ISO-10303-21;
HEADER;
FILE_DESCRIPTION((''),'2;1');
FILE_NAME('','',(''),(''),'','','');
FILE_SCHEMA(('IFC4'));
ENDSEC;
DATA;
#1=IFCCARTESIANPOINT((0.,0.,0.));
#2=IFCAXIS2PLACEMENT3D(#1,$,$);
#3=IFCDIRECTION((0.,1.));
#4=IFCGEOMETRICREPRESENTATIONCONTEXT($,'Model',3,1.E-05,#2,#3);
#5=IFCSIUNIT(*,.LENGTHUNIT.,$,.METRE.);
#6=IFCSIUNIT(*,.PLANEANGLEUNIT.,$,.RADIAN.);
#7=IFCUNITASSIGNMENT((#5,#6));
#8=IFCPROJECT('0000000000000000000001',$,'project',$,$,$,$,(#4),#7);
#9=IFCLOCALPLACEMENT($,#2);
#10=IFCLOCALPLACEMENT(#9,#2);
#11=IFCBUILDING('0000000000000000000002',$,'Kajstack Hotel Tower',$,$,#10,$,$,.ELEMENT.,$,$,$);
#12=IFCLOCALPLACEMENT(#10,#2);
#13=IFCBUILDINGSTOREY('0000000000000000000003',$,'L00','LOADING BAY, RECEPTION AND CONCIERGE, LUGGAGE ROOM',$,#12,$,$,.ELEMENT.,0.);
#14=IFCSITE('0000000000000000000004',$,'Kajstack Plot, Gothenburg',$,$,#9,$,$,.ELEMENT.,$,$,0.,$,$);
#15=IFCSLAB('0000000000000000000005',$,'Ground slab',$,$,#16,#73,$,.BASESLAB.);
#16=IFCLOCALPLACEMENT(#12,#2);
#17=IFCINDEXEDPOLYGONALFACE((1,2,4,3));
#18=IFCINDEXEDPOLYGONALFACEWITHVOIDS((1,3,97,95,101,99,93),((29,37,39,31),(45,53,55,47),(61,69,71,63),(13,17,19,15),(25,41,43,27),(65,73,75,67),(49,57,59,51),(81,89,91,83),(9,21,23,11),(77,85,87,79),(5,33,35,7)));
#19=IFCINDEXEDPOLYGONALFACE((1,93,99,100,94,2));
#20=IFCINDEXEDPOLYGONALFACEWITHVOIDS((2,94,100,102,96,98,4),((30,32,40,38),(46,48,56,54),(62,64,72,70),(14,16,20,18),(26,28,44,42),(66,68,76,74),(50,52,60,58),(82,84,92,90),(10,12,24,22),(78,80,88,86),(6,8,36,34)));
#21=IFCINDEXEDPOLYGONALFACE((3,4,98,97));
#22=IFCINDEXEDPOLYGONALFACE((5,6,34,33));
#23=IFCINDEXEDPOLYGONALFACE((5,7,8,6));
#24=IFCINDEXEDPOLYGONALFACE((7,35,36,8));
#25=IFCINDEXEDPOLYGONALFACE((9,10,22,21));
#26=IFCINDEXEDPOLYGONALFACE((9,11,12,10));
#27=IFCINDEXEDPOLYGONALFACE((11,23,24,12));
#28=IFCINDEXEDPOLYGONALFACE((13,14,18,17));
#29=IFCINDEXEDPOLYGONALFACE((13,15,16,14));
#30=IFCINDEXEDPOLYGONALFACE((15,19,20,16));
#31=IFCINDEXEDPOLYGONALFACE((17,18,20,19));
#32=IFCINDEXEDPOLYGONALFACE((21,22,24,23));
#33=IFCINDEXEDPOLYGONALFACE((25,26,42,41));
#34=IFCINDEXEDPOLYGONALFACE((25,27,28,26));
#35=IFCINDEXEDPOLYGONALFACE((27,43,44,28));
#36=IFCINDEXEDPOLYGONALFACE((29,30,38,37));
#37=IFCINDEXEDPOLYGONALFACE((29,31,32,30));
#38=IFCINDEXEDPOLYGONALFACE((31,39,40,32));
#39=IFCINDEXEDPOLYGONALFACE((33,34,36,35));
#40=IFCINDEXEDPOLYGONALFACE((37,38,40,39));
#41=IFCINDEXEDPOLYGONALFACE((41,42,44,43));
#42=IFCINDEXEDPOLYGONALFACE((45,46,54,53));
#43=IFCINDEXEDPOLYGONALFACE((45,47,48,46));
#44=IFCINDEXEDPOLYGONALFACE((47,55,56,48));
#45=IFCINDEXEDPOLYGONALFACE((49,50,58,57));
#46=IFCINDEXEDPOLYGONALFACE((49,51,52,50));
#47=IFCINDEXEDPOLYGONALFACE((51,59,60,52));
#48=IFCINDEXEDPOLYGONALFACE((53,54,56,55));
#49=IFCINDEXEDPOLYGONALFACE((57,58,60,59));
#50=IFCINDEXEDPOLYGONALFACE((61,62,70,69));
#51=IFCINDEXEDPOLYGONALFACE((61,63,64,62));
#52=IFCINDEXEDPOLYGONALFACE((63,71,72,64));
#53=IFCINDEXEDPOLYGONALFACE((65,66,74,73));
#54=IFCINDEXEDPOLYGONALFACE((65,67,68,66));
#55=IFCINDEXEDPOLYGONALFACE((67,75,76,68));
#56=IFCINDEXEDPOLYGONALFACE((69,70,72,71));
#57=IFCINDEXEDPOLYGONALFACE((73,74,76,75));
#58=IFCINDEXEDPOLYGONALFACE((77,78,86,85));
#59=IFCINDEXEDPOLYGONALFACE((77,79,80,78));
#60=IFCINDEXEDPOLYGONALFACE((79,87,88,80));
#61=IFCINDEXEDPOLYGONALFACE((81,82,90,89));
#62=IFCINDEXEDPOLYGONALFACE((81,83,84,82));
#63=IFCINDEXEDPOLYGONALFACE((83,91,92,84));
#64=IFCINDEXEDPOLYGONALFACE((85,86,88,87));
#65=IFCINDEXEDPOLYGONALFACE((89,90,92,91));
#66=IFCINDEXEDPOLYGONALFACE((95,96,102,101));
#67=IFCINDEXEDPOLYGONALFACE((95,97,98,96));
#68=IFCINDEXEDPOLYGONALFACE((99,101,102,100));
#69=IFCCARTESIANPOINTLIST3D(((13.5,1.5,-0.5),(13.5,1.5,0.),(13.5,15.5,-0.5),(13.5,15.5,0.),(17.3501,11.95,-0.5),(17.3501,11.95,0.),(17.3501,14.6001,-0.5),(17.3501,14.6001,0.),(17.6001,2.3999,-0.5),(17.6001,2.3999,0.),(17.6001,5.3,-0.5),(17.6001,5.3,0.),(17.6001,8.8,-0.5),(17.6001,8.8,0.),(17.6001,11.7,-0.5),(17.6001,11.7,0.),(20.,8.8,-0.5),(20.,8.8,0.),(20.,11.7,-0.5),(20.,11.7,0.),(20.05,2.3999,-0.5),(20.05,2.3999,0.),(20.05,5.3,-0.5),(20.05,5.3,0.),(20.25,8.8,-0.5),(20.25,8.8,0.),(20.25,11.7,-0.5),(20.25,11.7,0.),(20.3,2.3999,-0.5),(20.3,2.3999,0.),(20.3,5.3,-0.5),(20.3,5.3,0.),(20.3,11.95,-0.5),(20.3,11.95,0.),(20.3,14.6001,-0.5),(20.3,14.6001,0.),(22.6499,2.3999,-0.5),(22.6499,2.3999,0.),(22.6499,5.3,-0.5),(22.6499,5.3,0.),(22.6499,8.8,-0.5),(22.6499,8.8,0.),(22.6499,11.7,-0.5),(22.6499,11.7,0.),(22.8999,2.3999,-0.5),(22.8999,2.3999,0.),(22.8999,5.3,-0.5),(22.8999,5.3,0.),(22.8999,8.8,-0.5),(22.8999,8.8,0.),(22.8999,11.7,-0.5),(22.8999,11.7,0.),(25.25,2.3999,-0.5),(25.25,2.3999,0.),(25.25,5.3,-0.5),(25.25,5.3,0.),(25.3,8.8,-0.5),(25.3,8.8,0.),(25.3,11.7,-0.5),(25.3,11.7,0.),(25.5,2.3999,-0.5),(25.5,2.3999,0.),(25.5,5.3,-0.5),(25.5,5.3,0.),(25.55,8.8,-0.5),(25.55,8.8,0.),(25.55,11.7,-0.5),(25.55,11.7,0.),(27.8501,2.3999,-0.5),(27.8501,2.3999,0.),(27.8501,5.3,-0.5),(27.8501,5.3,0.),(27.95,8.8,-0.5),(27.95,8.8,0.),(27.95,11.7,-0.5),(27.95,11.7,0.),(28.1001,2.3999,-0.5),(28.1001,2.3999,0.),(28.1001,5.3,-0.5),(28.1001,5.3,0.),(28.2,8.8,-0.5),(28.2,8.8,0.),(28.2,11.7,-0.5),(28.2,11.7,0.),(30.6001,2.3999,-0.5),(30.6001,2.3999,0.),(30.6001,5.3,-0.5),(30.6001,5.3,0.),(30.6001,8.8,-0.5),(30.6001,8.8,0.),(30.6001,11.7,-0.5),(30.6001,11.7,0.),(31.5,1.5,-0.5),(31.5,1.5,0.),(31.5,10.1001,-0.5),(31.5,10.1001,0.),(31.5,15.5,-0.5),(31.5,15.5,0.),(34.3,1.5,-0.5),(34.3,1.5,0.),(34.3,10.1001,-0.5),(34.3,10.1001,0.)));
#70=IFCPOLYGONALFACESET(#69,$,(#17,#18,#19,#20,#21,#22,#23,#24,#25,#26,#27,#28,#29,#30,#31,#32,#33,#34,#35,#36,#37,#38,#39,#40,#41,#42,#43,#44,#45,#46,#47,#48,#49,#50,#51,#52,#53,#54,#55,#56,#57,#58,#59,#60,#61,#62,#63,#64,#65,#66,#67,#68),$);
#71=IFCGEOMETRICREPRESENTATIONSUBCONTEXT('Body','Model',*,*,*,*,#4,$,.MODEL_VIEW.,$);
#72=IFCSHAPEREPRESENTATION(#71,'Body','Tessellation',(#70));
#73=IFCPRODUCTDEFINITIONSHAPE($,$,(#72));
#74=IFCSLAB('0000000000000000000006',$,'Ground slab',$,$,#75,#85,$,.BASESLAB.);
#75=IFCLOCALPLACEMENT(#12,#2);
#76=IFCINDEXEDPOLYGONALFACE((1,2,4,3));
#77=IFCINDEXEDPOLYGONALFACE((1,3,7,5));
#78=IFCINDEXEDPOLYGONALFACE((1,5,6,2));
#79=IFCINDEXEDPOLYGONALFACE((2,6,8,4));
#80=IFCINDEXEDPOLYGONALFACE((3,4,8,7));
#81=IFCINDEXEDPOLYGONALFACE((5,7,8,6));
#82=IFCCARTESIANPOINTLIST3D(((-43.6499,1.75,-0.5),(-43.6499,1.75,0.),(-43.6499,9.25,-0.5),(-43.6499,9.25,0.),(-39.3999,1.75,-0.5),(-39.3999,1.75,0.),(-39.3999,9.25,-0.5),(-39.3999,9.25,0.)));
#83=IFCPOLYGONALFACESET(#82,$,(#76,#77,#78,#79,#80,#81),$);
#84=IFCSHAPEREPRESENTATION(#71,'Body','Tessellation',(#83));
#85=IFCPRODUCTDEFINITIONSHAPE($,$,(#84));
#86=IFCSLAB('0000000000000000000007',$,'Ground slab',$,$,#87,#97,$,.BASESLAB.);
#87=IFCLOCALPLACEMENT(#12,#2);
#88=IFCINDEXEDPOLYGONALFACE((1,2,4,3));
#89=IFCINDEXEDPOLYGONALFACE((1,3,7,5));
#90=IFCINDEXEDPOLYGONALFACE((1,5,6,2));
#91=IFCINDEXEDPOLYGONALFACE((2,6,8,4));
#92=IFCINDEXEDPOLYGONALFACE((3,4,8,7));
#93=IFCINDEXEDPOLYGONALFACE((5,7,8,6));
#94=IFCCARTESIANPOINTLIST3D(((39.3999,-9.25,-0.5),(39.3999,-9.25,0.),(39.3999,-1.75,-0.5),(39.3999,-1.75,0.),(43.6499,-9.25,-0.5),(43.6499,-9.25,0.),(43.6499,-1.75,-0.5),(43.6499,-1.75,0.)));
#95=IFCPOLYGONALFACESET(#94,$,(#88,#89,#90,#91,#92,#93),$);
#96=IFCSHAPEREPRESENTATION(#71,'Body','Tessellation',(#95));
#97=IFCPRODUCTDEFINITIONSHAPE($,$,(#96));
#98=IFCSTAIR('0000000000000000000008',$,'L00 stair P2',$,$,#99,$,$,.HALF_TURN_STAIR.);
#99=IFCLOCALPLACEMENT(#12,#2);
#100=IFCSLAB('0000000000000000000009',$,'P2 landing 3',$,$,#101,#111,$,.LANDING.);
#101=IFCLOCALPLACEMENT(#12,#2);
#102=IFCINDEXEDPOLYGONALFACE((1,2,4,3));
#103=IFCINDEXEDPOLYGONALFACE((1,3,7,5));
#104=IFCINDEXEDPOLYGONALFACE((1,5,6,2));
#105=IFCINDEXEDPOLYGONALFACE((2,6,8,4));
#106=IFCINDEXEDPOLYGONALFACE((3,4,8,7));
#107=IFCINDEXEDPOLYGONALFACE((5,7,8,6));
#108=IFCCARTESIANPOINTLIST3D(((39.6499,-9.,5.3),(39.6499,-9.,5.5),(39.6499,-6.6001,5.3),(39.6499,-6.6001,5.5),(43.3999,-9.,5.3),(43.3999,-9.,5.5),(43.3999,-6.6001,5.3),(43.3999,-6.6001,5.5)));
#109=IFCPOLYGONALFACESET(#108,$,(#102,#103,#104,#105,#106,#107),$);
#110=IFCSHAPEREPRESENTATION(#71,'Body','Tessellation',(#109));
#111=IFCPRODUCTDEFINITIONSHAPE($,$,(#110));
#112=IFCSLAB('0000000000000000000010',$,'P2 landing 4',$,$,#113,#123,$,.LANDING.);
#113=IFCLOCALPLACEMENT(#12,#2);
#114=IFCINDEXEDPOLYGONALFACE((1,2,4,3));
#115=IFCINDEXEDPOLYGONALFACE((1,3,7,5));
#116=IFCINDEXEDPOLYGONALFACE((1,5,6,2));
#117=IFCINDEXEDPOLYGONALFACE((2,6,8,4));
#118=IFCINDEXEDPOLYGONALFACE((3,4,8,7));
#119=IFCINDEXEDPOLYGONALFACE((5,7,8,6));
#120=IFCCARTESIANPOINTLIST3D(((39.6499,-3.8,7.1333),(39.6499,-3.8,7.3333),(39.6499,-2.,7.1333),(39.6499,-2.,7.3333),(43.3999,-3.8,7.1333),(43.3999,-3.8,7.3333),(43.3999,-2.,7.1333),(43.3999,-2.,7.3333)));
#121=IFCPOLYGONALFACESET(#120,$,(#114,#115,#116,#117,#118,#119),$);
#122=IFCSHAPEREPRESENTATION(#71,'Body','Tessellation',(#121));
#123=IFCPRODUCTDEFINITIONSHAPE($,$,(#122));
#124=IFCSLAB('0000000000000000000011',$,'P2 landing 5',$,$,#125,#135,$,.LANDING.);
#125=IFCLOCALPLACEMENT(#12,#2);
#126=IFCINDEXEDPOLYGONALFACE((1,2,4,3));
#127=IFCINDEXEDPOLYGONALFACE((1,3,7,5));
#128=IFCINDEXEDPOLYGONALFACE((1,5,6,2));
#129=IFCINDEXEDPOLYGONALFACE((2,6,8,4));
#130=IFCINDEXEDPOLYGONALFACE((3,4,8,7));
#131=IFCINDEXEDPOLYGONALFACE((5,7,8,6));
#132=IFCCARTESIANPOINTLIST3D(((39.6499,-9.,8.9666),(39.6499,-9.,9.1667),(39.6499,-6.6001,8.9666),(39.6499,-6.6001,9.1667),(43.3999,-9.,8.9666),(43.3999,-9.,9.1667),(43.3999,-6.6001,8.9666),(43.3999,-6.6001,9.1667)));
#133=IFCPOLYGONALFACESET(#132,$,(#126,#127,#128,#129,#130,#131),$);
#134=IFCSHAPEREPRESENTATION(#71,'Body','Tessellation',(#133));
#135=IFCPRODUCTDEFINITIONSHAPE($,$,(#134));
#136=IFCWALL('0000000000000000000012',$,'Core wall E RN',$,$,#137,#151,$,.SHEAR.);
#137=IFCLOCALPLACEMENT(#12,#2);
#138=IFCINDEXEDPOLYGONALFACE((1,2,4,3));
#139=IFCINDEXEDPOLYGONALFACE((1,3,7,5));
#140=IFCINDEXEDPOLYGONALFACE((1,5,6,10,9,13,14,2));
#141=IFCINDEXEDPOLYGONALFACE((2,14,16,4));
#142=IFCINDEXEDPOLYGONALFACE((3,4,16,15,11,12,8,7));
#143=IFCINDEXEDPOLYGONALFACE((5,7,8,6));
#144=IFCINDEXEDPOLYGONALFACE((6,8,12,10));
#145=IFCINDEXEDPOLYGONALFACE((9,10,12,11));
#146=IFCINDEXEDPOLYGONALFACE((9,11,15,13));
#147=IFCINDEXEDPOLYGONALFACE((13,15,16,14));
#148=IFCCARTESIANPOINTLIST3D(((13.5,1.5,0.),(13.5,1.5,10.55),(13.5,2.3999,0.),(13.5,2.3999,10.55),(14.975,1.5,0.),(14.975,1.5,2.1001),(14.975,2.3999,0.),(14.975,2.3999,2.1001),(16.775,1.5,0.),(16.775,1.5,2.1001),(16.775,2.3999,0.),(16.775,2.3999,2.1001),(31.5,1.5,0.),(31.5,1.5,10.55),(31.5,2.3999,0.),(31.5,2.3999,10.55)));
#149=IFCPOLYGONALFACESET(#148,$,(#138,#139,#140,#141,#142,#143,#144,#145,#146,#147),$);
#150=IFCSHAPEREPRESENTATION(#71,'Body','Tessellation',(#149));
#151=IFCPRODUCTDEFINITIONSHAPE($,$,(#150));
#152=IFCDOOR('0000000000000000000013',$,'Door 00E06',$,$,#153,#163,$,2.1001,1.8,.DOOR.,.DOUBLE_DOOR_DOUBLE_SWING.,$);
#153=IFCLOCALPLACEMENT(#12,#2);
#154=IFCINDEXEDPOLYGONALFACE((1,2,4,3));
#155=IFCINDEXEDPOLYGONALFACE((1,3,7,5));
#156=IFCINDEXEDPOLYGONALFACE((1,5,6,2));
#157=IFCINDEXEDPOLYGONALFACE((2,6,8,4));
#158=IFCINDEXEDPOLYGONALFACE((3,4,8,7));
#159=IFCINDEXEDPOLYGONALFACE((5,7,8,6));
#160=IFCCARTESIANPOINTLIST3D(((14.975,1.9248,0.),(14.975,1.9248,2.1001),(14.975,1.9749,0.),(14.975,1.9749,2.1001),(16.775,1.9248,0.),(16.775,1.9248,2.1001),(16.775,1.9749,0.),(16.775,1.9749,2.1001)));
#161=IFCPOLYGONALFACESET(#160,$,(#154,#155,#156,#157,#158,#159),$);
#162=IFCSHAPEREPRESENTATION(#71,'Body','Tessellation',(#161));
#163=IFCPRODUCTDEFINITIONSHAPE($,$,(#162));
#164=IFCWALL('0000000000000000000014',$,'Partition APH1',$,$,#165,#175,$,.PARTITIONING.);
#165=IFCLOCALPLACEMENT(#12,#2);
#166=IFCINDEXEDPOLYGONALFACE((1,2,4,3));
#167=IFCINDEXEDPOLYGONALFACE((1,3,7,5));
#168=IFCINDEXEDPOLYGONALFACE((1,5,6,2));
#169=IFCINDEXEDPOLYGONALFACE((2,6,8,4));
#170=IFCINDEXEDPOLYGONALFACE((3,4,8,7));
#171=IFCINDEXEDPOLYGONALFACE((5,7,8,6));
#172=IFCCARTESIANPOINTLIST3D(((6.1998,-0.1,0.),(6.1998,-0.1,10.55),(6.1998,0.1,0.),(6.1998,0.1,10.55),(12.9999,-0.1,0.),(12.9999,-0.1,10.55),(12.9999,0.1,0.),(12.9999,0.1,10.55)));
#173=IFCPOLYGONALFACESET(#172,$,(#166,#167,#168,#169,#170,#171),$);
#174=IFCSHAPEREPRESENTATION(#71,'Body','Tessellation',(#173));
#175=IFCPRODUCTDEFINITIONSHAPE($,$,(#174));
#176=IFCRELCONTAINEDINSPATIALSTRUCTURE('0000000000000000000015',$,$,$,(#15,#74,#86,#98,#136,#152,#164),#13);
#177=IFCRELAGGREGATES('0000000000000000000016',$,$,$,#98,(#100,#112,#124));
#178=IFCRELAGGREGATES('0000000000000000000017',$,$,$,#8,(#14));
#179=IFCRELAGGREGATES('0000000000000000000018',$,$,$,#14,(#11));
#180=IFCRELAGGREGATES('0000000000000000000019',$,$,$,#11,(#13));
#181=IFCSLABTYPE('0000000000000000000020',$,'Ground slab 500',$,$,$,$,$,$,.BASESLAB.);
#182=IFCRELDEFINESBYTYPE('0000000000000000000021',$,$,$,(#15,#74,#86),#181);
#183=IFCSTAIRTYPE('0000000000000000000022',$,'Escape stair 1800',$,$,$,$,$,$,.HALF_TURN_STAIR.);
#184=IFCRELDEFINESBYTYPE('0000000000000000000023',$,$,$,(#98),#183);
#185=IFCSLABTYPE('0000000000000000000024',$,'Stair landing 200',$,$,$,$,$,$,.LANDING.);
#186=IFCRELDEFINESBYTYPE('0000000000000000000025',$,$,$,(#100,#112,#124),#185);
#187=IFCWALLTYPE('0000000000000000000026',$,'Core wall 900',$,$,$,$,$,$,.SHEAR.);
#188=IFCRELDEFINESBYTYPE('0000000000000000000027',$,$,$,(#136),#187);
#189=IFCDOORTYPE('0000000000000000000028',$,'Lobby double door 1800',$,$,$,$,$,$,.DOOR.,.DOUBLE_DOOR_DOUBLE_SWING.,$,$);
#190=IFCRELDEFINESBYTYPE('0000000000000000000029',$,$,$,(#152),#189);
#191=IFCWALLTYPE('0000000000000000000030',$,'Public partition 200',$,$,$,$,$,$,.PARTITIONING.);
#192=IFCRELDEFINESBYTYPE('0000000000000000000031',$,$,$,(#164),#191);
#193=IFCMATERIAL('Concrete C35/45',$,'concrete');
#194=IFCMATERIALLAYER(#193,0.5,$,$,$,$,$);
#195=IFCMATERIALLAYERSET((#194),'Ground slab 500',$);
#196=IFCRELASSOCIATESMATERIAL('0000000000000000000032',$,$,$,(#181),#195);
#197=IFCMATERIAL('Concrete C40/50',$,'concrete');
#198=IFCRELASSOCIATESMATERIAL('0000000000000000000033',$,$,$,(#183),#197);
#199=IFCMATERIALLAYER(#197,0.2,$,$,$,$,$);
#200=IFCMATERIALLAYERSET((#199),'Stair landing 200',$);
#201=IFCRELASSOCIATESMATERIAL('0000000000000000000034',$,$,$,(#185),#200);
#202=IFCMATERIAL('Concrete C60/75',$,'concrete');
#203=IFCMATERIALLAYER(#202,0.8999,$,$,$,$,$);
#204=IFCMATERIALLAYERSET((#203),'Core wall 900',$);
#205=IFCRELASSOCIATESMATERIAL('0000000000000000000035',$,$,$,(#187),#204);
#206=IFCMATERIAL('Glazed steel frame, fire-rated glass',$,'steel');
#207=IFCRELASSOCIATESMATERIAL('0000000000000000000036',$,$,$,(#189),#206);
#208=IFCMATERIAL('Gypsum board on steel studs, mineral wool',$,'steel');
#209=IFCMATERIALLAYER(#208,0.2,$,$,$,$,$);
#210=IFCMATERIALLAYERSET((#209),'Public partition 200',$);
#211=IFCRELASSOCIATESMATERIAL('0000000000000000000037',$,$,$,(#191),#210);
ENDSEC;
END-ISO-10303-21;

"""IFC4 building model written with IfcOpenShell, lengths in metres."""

from ifc_helpers import new_model, si_unit, direction, frame, frame_2d, origin, place, context, subcontext, project, spatial, polyline, rectangle, outline, extrude, material, layer, layer_set, type_object, element, fill, aggregate, save


model = new_model("IFC4")

# Units and contexts
model_context = context("Model", 3, precision=1e-05, world=origin(), true_north=direction((0.0, 1.0)))
body_context = subcontext(model_context, "Body", "Model", "MODEL_VIEW")
ifc_project = project(units=[si_unit("LENGTHUNIT", "METRE"), si_unit("PLANEANGLEUNIT", "RADIAN")], contexts=[model_context])

# Site, building, storey
site_placement = place(None, origin())
site = spatial("IfcSite", under=ifc_project, at=site_placement, Name="Kajstack Plot, Gothenburg", CompositionType="ELEMENT", RefElevation=0.0)
building_placement = place(site_placement, origin())
building = spatial("IfcBuilding", under=site, at=building_placement, Name="Kajstack Hotel Tower", CompositionType="ELEMENT")
storey_placement = place(building_placement, origin())
storey = spatial("IfcBuildingStorey", under=building, at=storey_placement, Name="L00", Description="LOADING BAY, RECEPTION AND CONCIERGE, LUGGAGE ROOM", CompositionType="ELEMENT", Elevation=0.0)

# Shared definitions
ifc_material_1 = material(Name="Concrete C35/45", Category="concrete")

# Slabs
ifc_layer_1 = layer(ifc_material_1, 0.5)
ifc_layer_set_1 = layer_set([ifc_layer_1], Name="Ground slab 500")
slab_type_1 = type_object("IfcSlabType", Name="Ground slab 500", PredefinedType="BASESLAB", material=ifc_layer_set_1)
slab_1_placement = place(storey_placement, frame((0.0, 0.0, -0.5)))
element("IfcSlab", 1, at=slab_1_placement, inside=storey, type_object=slab_type_1, Name="Ground slab", PredefinedType="BASESLAB", context=body_context, shape_type="SweptSolid", body=[
    extrude(outline(polyline([(13.5, 1.5), (13.5, 15.5), (31.5, 15.5), (31.5, 10.1001), (34.3, 10.1001), (34.3, 1.5), (31.5, 1.5), (13.5, 1.5)]), holes=[polyline([(30.6001, 11.7), (28.2, 11.7), (28.2, 8.8), (30.6001, 8.8), (30.6001, 11.7)]), polyline([(27.95, 11.7), (25.55, 11.7), (25.55, 8.8), (27.95, 8.8), (27.95, 11.7)]), polyline([(25.3, 11.7), (22.8999, 11.7), (22.8999, 8.8), (25.3, 8.8), (25.3, 11.7)]), polyline([(22.6499, 11.7), (20.25, 11.7), (20.25, 8.8), (22.6499, 8.8), (22.6499, 11.7)]), polyline([(20.0, 11.7), (17.6001, 11.7), (17.6001, 8.8), (20.0, 8.8), (20.0, 11.7)]), polyline([(27.8501, 5.3), (25.5, 5.3), (25.5, 2.3999), (27.8501, 2.3999), (27.8501, 5.3)]), polyline([(25.25, 5.3), (22.8999, 5.3), (22.8999, 2.3999), (25.25, 2.3999), (25.25, 5.3)]), polyline([(22.6499, 5.3), (20.3, 5.3), (20.3, 2.3999), (22.6499, 2.3999), (22.6499, 5.3)]), polyline([(20.05, 5.3), (17.6001, 5.3), (17.6001, 2.3999), (20.05, 2.3999), (20.05, 5.3)]), polyline([(20.3, 14.6001), (17.3501, 14.6001), (17.3501, 11.95), (20.3, 11.95), (20.3, 14.6001)]), polyline([(30.6001, 5.3), (28.1001, 5.3), (28.1001, 2.3999), (30.6001, 2.3999), (30.6001, 5.3)])]), origin(), (0.0, 0.0, 1.0), 0.5),
])
slab_2_placement = place(storey_placement, frame((0.0, 0.0, -0.5)))
element("IfcSlab", 2, at=slab_2_placement, inside=storey, type_object=slab_type_1, Name="Ground slab", PredefinedType="BASESLAB", context=body_context, shape_type="SweptSolid", body=[
    extrude(outline(polyline([(-39.3999, 1.75), (-43.6499, 1.75), (-43.6499, 9.25), (-39.3999, 9.25), (-39.3999, 1.75)])), origin(), (0.0, 0.0, 1.0), 0.5),
])
slab_3_placement = place(storey_placement, frame((0.0, 0.0, -0.5)))
element("IfcSlab", 3, at=slab_3_placement, inside=storey, type_object=slab_type_1, Name="Ground slab", PredefinedType="BASESLAB", context=body_context, shape_type="SweptSolid", body=[
    extrude(outline(polyline([(39.3999, -1.75), (43.6499, -1.75), (43.6499, -9.25), (39.3999, -9.25), (39.3999, -1.75)])), origin(), (0.0, 0.0, 1.0), 0.5),
])

# Stair, slabs
ifc_material_2 = material(Name="Concrete C40/50", Category="concrete")
stair_type = type_object("IfcStairType", Name="Escape stair 1800", PredefinedType="HALF_TURN_STAIR", material=ifc_material_2)
stair_placement = place(storey_placement, origin())
stair = element("IfcStair", 4, at=stair_placement, inside=storey, type_object=stair_type, Name="L00 stair P2", PredefinedType="HALF_TURN_STAIR")
ifc_layer_2 = layer(ifc_material_2, 0.2)
ifc_layer_set_2 = layer_set([ifc_layer_2], Name="Stair landing 200")
slab_type_2 = type_object("IfcSlabType", Name="Stair landing 200", PredefinedType="LANDING", material=ifc_layer_set_2)
slab_4_placement = place(storey_placement, frame((0.0, 0.0, 5.3)))
slab_4 = element("IfcSlab", 5, at=slab_4_placement, type_object=slab_type_2, Name="P2 landing 3", PredefinedType="LANDING", context=body_context, shape_type="SweptSolid", body=[
    extrude(outline(polyline([(39.6499, -6.6001), (39.6499, -9.0), (43.3999, -9.0), (43.3999, -6.6001), (39.6499, -6.6001)])), origin(), (0.0, 0.0, 1.0), 0.2),
])
slab_5_placement = place(storey_placement, frame((0.0, 0.0, 7.1333)))
slab_5 = element("IfcSlab", 6, at=slab_5_placement, type_object=slab_type_2, Name="P2 landing 4", PredefinedType="LANDING", context=body_context, shape_type="SweptSolid", body=[
    extrude(outline(polyline([(39.6499, -2.0), (39.6499, -3.8), (43.3999, -3.8), (43.3999, -2.0), (39.6499, -2.0)])), origin(), (0.0, 0.0, 1.0), 0.2),
])
slab_6_placement = place(storey_placement, frame((0.0, 0.0, 8.9666)))
slab_6 = element("IfcSlab", 7, at=slab_6_placement, type_object=slab_type_2, Name="P2 landing 5", PredefinedType="LANDING", context=body_context, shape_type="SweptSolid", body=[
    extrude(outline(polyline([(39.6499, -6.6001), (39.6499, -9.0), (43.3999, -9.0), (43.3999, -6.6001), (39.6499, -6.6001)])), origin(), (0.0, 0.0, 1.0), 0.2002),
])
aggregate(stair, [slab_4, slab_5, slab_6])

# Wall, opening, door
ifc_material_3 = material(Name="Concrete C60/75", Category="concrete")
ifc_layer_3 = layer(ifc_material_3, 0.8999)
ifc_layer_set_3 = layer_set([ifc_layer_3], Name="Core wall 900")
wall_type_1 = type_object("IfcWallType", Name="Core wall 900", PredefinedType="SHEAR", material=ifc_layer_set_3)
wall_1_placement = place(storey_placement, frame((13.5, 1.95, 0.0), z_axis=(0.0, 0.0, 1.0), x_axis=(1.0, 0.0, 0.0)))
wall_1 = element("IfcWall", 8, at=wall_1_placement, inside=storey, type_object=wall_type_1, Name="Core wall E RN", PredefinedType="SHEAR", context=body_context, shape_type="SweptSolid", body=[
    extrude(rectangle(XDim=18.0, YDim=0.8999, at=frame_2d((9.0, 0.0))), origin(), (0.0, 0.0, 1.0), 10.55),
])
opening_placement = place(wall_1_placement, frame((1.4751, 0.0, 0.0)))
opening = element("IfcOpeningElement", 9, at=opening_placement, cuts=wall_1, PredefinedType="OPENING", context=body_context, shape_type="SweptSolid", body=[
    extrude(rectangle(XDim=1.8, YDim=2.1001, at=frame_2d((0.8999, 1.05))), frame((0.0, 0.46, 0.0), z_axis=(0.0, -1.0, 0.0), x_axis=(1.0, 0.0, 0.0)), (0.0, 0.0, 1.0), 0.9199),
])
ifc_material_4 = material(Name="Glazed steel frame, fire-rated glass", Category="steel")
door_type = type_object("IfcDoorType", Name="Lobby double door 1800", OperationType="DOUBLE_DOOR_DOUBLE_SWING", PredefinedType="DOOR", material=ifc_material_4)
door_placement = place(opening_placement, origin())
door = element("IfcDoor", 10, at=door_placement, inside=storey, type_object=door_type, Name="Door 00E06", OperationType="DOUBLE_DOOR_DOUBLE_SWING", OverallHeight=2.1001, OverallWidth=1.8, PredefinedType="DOOR", context=body_context, shape_type="SweptSolid", body=[
    extrude(rectangle(XDim=1.8, YDim=2.1001, at=frame_2d((0.8999, 1.05))), frame((0.0, 0.0249, 0.0), z_axis=(0.0, -1.0, 0.0), x_axis=(1.0, 0.0, 0.0)), (0.0, 0.0, 1.0), 0.05),
])
fill(opening, door)

# Wall
ifc_material_5 = material(Name="Gypsum board on steel studs, mineral wool", Category="steel")
ifc_layer_4 = layer(ifc_material_5, 0.2)
ifc_layer_set_4 = layer_set([ifc_layer_4], Name="Public partition 200")
wall_type_2 = type_object("IfcWallType", Name="Public partition 200", PredefinedType="PARTITIONING", material=ifc_layer_set_4)
wall_2_placement = place(storey_placement, frame((6.2, 0.0, 0.0), z_axis=(0.0, 0.0, 1.0), x_axis=(1.0, 0.0, 0.0)))
element("IfcWall", 11, at=wall_2_placement, inside=storey, type_object=wall_type_2, Name="Partition APH1", PredefinedType="PARTITIONING", context=body_context, shape_type="SweptSolid", body=[
    extrude(rectangle(XDim=6.8, YDim=0.2, at=frame_2d((3.3999, 0.0))), origin(), (0.0, 0.0, 1.0), 10.55),
])

save(model, "model.ifc")
